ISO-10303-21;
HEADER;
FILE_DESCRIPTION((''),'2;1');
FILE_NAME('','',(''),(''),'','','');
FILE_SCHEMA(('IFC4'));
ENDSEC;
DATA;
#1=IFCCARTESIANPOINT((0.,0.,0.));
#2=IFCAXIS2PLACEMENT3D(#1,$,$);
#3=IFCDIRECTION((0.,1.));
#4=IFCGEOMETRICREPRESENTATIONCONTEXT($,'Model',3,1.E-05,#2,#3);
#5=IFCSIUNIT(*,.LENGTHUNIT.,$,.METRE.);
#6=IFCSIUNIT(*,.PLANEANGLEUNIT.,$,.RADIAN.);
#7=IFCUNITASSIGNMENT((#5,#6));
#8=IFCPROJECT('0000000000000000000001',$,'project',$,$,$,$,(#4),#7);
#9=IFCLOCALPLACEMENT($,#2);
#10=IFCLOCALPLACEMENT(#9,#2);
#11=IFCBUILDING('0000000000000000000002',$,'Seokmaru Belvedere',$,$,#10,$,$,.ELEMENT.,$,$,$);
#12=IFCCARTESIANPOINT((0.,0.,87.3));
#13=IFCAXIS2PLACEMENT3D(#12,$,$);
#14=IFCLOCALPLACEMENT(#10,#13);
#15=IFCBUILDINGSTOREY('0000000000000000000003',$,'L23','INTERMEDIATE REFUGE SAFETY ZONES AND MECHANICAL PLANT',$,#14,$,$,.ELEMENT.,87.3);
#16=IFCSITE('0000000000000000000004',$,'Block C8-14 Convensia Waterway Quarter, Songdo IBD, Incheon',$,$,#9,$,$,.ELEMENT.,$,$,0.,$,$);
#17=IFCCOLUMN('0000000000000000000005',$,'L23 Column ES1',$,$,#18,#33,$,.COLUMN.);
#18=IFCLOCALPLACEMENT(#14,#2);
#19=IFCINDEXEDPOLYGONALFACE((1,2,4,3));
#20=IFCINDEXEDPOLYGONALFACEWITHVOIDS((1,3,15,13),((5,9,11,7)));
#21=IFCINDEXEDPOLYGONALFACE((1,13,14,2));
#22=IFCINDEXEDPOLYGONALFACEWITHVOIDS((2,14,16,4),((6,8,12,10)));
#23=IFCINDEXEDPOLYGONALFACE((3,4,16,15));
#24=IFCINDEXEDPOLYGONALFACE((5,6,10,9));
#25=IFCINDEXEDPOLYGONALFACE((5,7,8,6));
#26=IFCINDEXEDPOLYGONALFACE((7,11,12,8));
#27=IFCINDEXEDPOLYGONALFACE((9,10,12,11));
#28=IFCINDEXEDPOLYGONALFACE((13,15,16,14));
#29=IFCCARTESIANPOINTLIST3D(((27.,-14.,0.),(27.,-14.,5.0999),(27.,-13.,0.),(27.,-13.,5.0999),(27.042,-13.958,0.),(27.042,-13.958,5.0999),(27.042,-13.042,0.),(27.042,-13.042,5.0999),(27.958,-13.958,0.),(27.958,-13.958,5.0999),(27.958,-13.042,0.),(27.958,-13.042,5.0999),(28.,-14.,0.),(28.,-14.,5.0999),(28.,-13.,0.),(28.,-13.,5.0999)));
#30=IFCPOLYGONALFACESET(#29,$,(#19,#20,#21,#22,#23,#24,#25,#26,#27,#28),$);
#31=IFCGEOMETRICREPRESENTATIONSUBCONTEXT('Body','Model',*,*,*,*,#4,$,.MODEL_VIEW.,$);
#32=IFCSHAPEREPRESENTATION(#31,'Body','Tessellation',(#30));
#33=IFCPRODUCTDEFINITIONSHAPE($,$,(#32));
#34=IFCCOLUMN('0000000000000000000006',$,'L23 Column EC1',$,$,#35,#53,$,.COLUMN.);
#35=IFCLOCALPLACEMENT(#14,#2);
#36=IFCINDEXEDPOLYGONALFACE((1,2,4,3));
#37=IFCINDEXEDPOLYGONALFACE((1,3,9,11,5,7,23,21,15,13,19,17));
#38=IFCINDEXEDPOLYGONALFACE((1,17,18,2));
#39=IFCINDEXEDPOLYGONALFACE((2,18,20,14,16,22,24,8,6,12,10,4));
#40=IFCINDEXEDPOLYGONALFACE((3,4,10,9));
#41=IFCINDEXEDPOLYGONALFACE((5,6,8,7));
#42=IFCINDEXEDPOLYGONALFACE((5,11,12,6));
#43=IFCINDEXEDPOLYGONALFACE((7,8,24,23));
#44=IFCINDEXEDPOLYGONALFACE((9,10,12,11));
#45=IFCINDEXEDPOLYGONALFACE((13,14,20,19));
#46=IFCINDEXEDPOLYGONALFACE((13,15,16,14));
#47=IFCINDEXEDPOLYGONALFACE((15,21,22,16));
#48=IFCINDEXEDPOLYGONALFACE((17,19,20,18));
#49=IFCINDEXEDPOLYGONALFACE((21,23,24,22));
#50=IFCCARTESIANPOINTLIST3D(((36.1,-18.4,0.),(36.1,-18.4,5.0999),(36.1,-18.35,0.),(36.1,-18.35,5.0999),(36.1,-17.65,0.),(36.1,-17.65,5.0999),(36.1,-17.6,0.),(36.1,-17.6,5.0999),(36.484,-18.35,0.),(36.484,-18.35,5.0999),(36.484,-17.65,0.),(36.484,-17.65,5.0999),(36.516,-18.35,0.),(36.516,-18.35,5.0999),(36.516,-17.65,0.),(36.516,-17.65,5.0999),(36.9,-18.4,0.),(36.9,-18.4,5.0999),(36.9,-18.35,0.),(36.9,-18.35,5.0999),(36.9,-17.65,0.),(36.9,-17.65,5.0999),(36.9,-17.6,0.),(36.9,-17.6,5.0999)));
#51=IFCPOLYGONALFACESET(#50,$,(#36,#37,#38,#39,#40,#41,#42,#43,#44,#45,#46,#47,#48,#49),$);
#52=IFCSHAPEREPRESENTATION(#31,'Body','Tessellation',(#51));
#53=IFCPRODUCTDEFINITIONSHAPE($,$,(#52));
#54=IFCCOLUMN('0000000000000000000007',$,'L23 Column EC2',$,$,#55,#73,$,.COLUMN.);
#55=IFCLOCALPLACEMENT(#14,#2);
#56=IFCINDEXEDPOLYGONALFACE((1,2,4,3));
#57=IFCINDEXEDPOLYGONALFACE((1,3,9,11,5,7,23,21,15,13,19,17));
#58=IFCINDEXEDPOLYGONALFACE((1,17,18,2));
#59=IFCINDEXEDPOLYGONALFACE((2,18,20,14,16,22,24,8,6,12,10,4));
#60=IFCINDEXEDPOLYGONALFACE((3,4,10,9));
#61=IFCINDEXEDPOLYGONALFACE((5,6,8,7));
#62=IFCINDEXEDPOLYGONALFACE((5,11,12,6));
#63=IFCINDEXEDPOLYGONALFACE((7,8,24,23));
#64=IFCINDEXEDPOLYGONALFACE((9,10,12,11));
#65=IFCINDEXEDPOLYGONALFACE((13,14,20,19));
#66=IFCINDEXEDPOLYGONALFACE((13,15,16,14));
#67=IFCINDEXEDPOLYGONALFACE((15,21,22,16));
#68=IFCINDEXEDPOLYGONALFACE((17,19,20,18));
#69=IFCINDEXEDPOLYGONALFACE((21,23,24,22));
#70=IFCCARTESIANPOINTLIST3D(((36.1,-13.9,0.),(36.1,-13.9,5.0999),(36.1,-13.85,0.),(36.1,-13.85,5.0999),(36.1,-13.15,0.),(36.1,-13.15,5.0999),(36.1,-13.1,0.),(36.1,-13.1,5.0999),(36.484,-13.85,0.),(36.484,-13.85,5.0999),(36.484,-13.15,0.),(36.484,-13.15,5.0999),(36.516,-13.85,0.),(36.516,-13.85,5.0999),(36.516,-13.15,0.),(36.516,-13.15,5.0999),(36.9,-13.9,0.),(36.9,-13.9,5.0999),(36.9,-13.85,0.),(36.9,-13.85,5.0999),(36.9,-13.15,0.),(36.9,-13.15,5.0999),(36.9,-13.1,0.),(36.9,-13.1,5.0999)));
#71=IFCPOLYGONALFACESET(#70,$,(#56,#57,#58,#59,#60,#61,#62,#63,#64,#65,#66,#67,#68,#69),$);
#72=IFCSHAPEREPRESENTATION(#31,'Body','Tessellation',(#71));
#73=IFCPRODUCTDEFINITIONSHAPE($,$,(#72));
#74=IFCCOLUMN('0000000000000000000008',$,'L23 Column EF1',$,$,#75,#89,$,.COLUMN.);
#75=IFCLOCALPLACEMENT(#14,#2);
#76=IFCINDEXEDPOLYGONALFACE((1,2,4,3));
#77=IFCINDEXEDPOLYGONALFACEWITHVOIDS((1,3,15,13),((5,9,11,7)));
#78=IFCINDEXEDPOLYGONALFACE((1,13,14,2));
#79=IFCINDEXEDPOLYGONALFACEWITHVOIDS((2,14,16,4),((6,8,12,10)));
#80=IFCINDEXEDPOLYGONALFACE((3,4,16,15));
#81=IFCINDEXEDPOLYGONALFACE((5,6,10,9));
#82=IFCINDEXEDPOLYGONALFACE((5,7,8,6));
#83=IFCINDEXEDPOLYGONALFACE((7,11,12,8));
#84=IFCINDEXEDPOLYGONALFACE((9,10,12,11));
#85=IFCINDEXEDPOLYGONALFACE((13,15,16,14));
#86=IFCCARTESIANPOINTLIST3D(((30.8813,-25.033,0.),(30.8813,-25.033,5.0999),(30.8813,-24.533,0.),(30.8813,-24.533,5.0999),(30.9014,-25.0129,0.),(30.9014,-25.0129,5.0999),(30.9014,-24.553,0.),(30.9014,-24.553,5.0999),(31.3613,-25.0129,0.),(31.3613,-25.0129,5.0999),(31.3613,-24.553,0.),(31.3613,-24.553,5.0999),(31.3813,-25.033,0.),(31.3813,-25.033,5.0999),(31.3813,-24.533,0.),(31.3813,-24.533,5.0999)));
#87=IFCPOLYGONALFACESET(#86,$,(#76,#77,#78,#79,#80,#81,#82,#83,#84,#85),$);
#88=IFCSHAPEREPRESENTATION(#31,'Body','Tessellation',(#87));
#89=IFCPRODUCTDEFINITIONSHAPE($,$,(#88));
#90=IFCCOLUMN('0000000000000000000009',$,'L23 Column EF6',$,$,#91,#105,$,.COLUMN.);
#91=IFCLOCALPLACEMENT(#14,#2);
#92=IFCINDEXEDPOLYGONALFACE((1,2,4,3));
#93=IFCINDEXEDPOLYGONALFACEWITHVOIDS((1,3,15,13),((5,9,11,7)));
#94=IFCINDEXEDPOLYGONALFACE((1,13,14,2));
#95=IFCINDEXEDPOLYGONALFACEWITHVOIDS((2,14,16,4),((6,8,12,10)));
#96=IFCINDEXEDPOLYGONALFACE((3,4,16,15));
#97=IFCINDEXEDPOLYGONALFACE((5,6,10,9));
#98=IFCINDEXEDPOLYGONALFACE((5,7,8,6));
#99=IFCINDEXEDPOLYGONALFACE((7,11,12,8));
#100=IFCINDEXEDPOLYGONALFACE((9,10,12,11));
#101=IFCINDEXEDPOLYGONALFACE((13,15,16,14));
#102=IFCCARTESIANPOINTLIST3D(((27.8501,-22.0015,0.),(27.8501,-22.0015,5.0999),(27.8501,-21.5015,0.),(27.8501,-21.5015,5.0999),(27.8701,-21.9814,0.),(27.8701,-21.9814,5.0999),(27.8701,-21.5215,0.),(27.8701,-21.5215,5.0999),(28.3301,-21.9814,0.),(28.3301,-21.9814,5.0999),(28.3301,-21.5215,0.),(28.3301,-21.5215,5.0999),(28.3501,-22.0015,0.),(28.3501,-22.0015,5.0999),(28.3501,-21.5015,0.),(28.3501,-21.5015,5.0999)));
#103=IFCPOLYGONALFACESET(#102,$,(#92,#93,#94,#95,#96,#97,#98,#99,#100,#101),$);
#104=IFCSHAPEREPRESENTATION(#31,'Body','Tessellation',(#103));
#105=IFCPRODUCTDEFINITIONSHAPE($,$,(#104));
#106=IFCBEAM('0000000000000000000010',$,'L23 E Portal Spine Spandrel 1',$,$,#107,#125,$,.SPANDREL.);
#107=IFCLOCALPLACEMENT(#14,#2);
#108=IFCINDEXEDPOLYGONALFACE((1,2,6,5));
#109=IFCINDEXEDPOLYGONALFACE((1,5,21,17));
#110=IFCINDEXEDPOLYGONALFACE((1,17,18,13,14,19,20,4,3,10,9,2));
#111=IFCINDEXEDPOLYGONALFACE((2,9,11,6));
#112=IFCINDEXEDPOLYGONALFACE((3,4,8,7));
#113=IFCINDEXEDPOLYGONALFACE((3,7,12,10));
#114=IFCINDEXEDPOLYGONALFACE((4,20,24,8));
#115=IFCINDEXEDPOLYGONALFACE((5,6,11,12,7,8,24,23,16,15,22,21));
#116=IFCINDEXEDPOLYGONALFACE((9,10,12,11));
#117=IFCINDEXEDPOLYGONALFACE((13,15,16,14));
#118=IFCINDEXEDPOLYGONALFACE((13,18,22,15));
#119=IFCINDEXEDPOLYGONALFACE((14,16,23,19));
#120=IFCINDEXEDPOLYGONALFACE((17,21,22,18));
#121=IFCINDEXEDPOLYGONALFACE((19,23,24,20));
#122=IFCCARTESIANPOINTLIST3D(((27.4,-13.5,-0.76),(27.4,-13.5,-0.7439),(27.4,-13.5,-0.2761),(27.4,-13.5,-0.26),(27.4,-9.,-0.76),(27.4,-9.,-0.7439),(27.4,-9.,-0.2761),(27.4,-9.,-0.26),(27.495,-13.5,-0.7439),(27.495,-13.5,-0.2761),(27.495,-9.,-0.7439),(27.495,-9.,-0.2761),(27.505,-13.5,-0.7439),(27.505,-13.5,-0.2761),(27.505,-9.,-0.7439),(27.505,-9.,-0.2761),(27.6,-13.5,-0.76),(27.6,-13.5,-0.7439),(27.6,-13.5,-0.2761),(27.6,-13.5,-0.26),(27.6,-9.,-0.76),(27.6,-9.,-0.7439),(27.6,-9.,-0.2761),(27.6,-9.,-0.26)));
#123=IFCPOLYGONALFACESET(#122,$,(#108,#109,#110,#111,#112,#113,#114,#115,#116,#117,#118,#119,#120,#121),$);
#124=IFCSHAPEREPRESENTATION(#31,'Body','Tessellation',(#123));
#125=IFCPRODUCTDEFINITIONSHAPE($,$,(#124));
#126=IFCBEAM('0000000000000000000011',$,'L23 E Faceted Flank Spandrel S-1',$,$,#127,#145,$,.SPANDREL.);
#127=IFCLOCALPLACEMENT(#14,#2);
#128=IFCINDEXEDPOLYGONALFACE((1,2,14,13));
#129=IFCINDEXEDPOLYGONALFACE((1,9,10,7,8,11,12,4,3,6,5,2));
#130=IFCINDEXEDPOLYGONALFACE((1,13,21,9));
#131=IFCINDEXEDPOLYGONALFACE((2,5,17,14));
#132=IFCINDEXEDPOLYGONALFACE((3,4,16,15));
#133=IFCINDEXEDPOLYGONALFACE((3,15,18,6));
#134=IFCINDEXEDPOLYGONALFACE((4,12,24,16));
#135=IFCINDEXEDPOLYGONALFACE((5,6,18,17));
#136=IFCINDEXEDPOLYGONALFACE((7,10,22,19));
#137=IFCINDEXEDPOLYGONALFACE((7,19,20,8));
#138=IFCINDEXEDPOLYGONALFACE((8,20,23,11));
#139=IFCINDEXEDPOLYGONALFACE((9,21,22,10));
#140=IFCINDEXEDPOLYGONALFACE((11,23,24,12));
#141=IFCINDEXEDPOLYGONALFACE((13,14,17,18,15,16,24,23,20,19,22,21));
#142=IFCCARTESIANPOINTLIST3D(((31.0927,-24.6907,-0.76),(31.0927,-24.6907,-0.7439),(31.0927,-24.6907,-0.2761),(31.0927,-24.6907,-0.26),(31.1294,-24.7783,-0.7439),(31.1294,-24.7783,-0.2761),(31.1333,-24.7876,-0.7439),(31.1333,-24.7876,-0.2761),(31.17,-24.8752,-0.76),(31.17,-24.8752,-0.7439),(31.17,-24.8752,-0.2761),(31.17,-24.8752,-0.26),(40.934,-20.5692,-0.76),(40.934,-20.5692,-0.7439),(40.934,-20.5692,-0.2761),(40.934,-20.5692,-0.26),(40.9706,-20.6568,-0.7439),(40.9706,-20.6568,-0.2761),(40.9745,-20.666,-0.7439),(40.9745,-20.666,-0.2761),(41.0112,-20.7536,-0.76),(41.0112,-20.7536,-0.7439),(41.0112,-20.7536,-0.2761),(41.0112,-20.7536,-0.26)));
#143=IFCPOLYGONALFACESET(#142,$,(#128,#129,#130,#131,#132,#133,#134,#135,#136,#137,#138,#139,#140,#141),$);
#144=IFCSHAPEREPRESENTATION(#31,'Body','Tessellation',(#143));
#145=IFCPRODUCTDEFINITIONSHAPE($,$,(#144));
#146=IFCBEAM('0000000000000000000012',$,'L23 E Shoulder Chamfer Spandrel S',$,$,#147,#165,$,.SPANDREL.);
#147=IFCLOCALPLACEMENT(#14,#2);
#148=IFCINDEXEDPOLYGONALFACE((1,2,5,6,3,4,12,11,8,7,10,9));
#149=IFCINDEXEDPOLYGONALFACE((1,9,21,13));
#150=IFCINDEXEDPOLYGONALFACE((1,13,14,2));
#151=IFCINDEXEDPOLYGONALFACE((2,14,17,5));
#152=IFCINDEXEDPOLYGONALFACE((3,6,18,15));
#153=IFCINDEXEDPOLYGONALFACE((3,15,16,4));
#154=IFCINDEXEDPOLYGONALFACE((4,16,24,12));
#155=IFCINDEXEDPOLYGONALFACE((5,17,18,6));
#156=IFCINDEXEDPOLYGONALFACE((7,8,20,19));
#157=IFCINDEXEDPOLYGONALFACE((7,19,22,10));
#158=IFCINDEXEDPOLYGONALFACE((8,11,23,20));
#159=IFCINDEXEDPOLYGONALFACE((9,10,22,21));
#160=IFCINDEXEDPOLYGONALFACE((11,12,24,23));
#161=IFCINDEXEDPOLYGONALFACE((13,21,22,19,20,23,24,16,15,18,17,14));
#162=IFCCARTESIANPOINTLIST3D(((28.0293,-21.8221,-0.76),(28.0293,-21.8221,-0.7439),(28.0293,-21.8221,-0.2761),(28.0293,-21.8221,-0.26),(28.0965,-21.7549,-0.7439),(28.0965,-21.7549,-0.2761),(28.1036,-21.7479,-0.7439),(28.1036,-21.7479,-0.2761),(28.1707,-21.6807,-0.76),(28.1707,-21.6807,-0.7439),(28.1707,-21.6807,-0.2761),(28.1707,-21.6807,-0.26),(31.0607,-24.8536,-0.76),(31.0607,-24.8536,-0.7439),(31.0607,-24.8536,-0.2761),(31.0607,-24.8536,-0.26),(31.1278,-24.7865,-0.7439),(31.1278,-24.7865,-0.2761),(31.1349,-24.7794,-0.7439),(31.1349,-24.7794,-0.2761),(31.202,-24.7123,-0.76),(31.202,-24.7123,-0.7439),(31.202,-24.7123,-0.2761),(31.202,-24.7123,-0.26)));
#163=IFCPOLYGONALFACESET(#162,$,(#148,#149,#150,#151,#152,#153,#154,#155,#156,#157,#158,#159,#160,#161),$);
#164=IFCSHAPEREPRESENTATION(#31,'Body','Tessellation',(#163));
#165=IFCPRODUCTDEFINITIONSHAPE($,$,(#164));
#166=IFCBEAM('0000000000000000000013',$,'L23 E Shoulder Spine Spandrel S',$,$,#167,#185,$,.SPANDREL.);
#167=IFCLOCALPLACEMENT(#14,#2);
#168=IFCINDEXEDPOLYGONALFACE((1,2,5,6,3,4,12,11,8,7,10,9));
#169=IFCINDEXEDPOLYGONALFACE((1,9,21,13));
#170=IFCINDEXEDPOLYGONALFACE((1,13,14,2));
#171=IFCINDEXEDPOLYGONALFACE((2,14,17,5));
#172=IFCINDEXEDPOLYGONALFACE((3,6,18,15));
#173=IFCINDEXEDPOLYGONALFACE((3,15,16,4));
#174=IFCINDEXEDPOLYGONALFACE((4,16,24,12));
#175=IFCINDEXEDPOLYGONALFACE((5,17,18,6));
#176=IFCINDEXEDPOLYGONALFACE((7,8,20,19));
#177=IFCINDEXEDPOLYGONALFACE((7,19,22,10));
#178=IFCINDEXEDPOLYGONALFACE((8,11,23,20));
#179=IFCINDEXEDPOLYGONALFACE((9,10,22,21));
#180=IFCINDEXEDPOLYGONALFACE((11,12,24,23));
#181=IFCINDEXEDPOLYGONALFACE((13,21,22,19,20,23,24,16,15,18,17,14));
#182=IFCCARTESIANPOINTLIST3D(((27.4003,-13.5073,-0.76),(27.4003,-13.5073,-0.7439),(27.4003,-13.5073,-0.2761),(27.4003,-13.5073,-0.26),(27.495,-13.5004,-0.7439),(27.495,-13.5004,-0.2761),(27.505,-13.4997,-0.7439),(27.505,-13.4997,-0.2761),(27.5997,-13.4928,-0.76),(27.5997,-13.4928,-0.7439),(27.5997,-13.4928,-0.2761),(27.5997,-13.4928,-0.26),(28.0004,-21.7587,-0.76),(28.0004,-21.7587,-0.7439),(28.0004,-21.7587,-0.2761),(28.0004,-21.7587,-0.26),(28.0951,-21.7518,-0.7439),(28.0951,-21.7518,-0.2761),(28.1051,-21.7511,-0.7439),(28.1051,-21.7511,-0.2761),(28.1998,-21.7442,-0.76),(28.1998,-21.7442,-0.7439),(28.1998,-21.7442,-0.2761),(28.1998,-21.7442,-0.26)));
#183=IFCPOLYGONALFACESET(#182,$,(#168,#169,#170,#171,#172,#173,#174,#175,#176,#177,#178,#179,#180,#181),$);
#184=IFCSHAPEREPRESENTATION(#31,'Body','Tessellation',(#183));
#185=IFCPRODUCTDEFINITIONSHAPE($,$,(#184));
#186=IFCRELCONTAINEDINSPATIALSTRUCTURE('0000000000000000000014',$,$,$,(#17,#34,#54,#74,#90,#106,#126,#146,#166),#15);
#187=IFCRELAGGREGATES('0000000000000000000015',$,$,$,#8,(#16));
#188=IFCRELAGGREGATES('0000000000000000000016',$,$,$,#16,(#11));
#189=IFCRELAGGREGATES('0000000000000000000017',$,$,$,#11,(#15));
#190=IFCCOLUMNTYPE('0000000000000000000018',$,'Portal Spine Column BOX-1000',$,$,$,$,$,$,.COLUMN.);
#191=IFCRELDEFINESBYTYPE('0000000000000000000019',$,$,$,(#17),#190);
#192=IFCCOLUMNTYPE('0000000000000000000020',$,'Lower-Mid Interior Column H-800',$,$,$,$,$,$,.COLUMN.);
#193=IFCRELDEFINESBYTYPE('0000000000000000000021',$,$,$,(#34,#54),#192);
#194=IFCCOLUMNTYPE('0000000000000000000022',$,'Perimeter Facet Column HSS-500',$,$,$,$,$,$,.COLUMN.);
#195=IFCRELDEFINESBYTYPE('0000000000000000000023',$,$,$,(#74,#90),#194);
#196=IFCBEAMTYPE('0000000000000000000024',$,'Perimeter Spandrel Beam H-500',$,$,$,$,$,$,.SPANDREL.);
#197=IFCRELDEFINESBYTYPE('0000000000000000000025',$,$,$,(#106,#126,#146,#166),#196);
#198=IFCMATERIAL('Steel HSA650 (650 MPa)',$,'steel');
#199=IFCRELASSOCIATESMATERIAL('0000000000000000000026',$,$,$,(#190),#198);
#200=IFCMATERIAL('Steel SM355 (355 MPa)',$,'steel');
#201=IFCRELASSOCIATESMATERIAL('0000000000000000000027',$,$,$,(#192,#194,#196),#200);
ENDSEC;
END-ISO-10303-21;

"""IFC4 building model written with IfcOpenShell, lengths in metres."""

from ifc_helpers import new_model, si_unit, direction, frame, origin, origin_2d, place, context, subcontext, project, spatial, hollow_rectangle, i_section, extrude, source, transform, mapped, material, material_profile, profile_set, type_object, type_shapes, element, save


model = new_model("IFC4")

# Units and contexts
model_context = context("Model", 3, precision=1e-05, world=origin(), true_north=direction((0.0, 1.0)))
body_context = subcontext(model_context, "Body", "Model", "MODEL_VIEW")
ifc_project = project(units=[si_unit("LENGTHUNIT", "METRE"), si_unit("PLANEANGLEUNIT", "RADIAN")], contexts=[model_context])

# Site, building, storey
site_placement = place(None, origin())
site = spatial("IfcSite", under=ifc_project, at=site_placement, Name="Block C8-14 Convensia Waterway Quarter, Songdo IBD, Incheon", CompositionType="ELEMENT", RefElevation=0.0)
building_placement = place(site_placement, origin())
building = spatial("IfcBuilding", under=site, at=building_placement, Name="Seokmaru Belvedere", CompositionType="ELEMENT")
storey_placement = place(building_placement, frame((0.0, 0.0, 87.3)))
storey = spatial("IfcBuildingStorey", under=building, at=storey_placement, Name="L23", Description="INTERMEDIATE REFUGE SAFETY ZONES AND MECHANICAL PLANT", CompositionType="ELEMENT", Elevation=87.3)

# Columns
ifc_material_1 = material(Name="Steel HSA650 (650 MPa)", Category="steel")
ifc_material_profile_1 = material_profile(ifc_material_1, hollow_rectangle(XDim=1.0, YDim=1.0, WallThickness=0.042, at=origin_2d()), Name="BOX-1000x1000x42")
ifc_profile_set_1 = profile_set([ifc_material_profile_1], Name="Steel HSA650 (650 MPa)")
column_type_1 = type_object("IfcColumnType", Name="Portal Spine Column BOX-1000", PredefinedType="COLUMN", material=ifc_profile_set_1)
shared_shape_1 = source(origin(), body_context, "Body", "SweptSolid", [
    extrude(hollow_rectangle(XDim=1.0, YDim=1.0, WallThickness=0.042, at=origin_2d()), origin(), (0.0, 0.0, 1.0), 5.0999),
])
type_shapes(column_type_1, [shared_shape_1])
column_placement = place(storey_placement, frame((27.5, -13.5, 0.0), z_axis=(0.0, 0.0, 1.0), x_axis=(1.0, 0.0, 0.0)))
element("IfcColumn", 1, at=column_placement, inside=storey, type_object=column_type_1, Name="L23 Column ES1", PredefinedType="COLUMN", context=body_context, shape_type="MappedRepresentation", body=[
    mapped(shared_shape_1, transform((0.0, 0.0, 0.0), scale=1.0)),
])
ifc_material_2 = material(Name="Steel SM355 (355 MPa)", Category="steel")
ifc_material_profile_2 = material_profile(ifc_material_2, i_section(OverallWidth=0.8, OverallDepth=0.8, WebThickness=0.032, FlangeThickness=0.05, at=origin_2d()), Name="H-800x800x32x50")
ifc_profile_set_2 = profile_set([ifc_material_profile_2], Name="Steel SM355 (355 MPa)")
column_type_2 = type_object("IfcColumnType", Name="Lower-Mid Interior Column H-800", PredefinedType="COLUMN", material=ifc_profile_set_2)
shared_shape_2 = source(origin(), body_context, "Body", "SweptSolid", [
    extrude(i_section(OverallWidth=0.8, OverallDepth=0.8, WebThickness=0.032, FlangeThickness=0.05, at=origin_2d()), origin(), (0.0, 0.0, 1.0), 5.0999),
])
type_shapes(column_type_2, [shared_shape_2])
for number, where, z_axis, x_axis, name in (
    (2, (36.5, -18.0, 0.0), (0.0, 0.0, 1.0), (1.0, 0.0, 0.0), "L23 Column EC1"),
    (3, (36.5, -13.5, 0.0), (0.0, 0.0, 1.0), (1.0, 0.0, 0.0), "L23 Column EC2"),
):
    element("IfcColumn", number, at=place(storey_placement, frame(where, z_axis=z_axis, x_axis=x_axis)), inside=storey, type_object=column_type_2, Name=name, PredefinedType="COLUMN", context=body_context, shape_type="MappedRepresentation", body=[
        mapped(shared_shape_2, transform((0.0, 0.0, 0.0), scale=1.0)),
    ])
ifc_material_profile_3 = material_profile(ifc_material_2, hollow_rectangle(XDim=0.5, YDim=0.5, WallThickness=0.02, at=origin_2d()), Name="HSS-500x500x20")
ifc_profile_set_3 = profile_set([ifc_material_profile_3], Name="Steel SM355 (355 MPa)")
column_type_3 = type_object("IfcColumnType", Name="Perimeter Facet Column HSS-500", PredefinedType="COLUMN", material=ifc_profile_set_3)
shared_shape_3 = source(origin(), body_context, "Body", "SweptSolid", [
    extrude(hollow_rectangle(XDim=0.5, YDim=0.5, WallThickness=0.02, at=origin_2d()), origin(), (0.0, 0.0, 1.0), 5.0999),
])
type_shapes(column_type_3, [shared_shape_3])
for number, where, z_axis, x_axis, name in (
    (4, (31.1313, -24.783, 0.0), (0.0, 0.0, 1.0), (1.0, 0.0, 0.0), "L23 Column EF1"),
    (5, (28.1001, -21.7515, 0.0), (0.0, 0.0, 1.0), (1.0, 0.0, 0.0), "L23 Column EF6"),
):
    element("IfcColumn", number, at=place(storey_placement, frame(where, z_axis=z_axis, x_axis=x_axis)), inside=storey, type_object=column_type_3, Name=name, PredefinedType="COLUMN", context=body_context, shape_type="MappedRepresentation", body=[
        mapped(shared_shape_3, transform((0.0, 0.0, 0.0), scale=1.0)),
    ])

# Beams
ifc_material_profile_4 = material_profile(ifc_material_2, i_section(OverallWidth=0.2, OverallDepth=0.5, WebThickness=0.01, FlangeThickness=0.0161, at=origin_2d()), Name="H-500x200x10x16")
ifc_profile_set_4 = profile_set([ifc_material_profile_4], Name="Steel SM355 (355 MPa)")
beam_type_1 = type_object("IfcBeamType", Name="Perimeter Spandrel Beam H-500", PredefinedType="SPANDREL", material=ifc_profile_set_4)
shared_shape_4 = source(origin(), body_context, "Body", "SweptSolid", [
    extrude(i_section(OverallWidth=0.2, OverallDepth=0.5, WebThickness=0.01, FlangeThickness=0.0161, at=origin_2d()), origin(), (0.0, 0.0, 1.0), 4.5),
])
beam_1_placement = place(storey_placement, frame((27.5, -13.5, -0.51), z_axis=(0.0, 1.0, 0.0), x_axis=(-1.0, 0.0, 0.0)))
element("IfcBeam", 6, at=beam_1_placement, inside=storey, type_object=beam_type_1, Name="L23 E Portal Spine Spandrel 1", PredefinedType="SPANDREL", context=body_context, shape_type="MappedRepresentation", body=[
    mapped(shared_shape_4, transform((0.0, 0.0, 0.0), scale=1.0)),
])
shared_shape_5 = source(origin(), body_context, "Body", "SweptSolid", [
    extrude(i_section(OverallWidth=0.2, OverallDepth=0.5, WebThickness=0.01, FlangeThickness=0.0161, at=origin_2d()), origin(), (0.0, 0.0, 1.0), 10.6694),
])
beam_2_placement = place(storey_placement, frame((31.1313, -24.783, -0.51), z_axis=(0.922375, 0.386295, 0.0), x_axis=(-0.386295, 0.922375, 0.0)))
element("IfcBeam", 7, at=beam_2_placement, inside=storey, type_object=beam_type_1, Name="L23 E Faceted Flank Spandrel S-1", PredefinedType="SPANDREL", context=body_context, shape_type="MappedRepresentation", body=[
    mapped(shared_shape_5, transform((0.0, 0.0, 0.0), scale=1.0)),
])
shared_shape_6 = source(origin(), body_context, "Body", "SweptSolid", [
    extrude(i_section(OverallWidth=0.2, OverallDepth=0.5, WebThickness=0.01, FlangeThickness=0.0161, at=origin_2d()), origin(), (0.0, 0.0, 1.0), 4.2871),
])
beam_3_placement = place(storey_placement, frame((31.1313, -24.783, -0.51), z_axis=(-0.707078, 0.707135, 0.0), x_axis=(-0.707135, -0.707078, 0.0)))
element("IfcBeam", 8, at=beam_3_placement, inside=storey, type_object=beam_type_1, Name="L23 E Shoulder Chamfer Spandrel S", PredefinedType="SPANDREL", context=body_context, shape_type="MappedRepresentation", body=[
    mapped(shared_shape_6, transform((0.0, 0.0, 0.0), scale=1.0)),
])
shared_shape_7 = source(origin(), body_context, "Body", "SweptSolid", [
    extrude(i_section(OverallWidth=0.2, OverallDepth=0.5, WebThickness=0.01, FlangeThickness=0.0161, at=origin_2d()), origin(), (0.0, 0.0, 1.0), 8.2732),
])
type_shapes(beam_type_1, [shared_shape_4, shared_shape_5, shared_shape_6, shared_shape_7])
beam_4_placement = place(storey_placement, frame((28.1001, -21.7515, -0.51), z_axis=(-0.072535, 0.997366, 0.0), x_axis=(-0.997366, -0.072535, 0.0)))
element("IfcBeam", 9, at=beam_4_placement, inside=storey, type_object=beam_type_1, Name="L23 E Shoulder Spine Spandrel S", PredefinedType="SPANDREL", context=body_context, shape_type="MappedRepresentation", body=[
    mapped(shared_shape_7, transform((0.0, 0.0, 0.0), scale=1.0)),
])

save(model, "model.ifc")
